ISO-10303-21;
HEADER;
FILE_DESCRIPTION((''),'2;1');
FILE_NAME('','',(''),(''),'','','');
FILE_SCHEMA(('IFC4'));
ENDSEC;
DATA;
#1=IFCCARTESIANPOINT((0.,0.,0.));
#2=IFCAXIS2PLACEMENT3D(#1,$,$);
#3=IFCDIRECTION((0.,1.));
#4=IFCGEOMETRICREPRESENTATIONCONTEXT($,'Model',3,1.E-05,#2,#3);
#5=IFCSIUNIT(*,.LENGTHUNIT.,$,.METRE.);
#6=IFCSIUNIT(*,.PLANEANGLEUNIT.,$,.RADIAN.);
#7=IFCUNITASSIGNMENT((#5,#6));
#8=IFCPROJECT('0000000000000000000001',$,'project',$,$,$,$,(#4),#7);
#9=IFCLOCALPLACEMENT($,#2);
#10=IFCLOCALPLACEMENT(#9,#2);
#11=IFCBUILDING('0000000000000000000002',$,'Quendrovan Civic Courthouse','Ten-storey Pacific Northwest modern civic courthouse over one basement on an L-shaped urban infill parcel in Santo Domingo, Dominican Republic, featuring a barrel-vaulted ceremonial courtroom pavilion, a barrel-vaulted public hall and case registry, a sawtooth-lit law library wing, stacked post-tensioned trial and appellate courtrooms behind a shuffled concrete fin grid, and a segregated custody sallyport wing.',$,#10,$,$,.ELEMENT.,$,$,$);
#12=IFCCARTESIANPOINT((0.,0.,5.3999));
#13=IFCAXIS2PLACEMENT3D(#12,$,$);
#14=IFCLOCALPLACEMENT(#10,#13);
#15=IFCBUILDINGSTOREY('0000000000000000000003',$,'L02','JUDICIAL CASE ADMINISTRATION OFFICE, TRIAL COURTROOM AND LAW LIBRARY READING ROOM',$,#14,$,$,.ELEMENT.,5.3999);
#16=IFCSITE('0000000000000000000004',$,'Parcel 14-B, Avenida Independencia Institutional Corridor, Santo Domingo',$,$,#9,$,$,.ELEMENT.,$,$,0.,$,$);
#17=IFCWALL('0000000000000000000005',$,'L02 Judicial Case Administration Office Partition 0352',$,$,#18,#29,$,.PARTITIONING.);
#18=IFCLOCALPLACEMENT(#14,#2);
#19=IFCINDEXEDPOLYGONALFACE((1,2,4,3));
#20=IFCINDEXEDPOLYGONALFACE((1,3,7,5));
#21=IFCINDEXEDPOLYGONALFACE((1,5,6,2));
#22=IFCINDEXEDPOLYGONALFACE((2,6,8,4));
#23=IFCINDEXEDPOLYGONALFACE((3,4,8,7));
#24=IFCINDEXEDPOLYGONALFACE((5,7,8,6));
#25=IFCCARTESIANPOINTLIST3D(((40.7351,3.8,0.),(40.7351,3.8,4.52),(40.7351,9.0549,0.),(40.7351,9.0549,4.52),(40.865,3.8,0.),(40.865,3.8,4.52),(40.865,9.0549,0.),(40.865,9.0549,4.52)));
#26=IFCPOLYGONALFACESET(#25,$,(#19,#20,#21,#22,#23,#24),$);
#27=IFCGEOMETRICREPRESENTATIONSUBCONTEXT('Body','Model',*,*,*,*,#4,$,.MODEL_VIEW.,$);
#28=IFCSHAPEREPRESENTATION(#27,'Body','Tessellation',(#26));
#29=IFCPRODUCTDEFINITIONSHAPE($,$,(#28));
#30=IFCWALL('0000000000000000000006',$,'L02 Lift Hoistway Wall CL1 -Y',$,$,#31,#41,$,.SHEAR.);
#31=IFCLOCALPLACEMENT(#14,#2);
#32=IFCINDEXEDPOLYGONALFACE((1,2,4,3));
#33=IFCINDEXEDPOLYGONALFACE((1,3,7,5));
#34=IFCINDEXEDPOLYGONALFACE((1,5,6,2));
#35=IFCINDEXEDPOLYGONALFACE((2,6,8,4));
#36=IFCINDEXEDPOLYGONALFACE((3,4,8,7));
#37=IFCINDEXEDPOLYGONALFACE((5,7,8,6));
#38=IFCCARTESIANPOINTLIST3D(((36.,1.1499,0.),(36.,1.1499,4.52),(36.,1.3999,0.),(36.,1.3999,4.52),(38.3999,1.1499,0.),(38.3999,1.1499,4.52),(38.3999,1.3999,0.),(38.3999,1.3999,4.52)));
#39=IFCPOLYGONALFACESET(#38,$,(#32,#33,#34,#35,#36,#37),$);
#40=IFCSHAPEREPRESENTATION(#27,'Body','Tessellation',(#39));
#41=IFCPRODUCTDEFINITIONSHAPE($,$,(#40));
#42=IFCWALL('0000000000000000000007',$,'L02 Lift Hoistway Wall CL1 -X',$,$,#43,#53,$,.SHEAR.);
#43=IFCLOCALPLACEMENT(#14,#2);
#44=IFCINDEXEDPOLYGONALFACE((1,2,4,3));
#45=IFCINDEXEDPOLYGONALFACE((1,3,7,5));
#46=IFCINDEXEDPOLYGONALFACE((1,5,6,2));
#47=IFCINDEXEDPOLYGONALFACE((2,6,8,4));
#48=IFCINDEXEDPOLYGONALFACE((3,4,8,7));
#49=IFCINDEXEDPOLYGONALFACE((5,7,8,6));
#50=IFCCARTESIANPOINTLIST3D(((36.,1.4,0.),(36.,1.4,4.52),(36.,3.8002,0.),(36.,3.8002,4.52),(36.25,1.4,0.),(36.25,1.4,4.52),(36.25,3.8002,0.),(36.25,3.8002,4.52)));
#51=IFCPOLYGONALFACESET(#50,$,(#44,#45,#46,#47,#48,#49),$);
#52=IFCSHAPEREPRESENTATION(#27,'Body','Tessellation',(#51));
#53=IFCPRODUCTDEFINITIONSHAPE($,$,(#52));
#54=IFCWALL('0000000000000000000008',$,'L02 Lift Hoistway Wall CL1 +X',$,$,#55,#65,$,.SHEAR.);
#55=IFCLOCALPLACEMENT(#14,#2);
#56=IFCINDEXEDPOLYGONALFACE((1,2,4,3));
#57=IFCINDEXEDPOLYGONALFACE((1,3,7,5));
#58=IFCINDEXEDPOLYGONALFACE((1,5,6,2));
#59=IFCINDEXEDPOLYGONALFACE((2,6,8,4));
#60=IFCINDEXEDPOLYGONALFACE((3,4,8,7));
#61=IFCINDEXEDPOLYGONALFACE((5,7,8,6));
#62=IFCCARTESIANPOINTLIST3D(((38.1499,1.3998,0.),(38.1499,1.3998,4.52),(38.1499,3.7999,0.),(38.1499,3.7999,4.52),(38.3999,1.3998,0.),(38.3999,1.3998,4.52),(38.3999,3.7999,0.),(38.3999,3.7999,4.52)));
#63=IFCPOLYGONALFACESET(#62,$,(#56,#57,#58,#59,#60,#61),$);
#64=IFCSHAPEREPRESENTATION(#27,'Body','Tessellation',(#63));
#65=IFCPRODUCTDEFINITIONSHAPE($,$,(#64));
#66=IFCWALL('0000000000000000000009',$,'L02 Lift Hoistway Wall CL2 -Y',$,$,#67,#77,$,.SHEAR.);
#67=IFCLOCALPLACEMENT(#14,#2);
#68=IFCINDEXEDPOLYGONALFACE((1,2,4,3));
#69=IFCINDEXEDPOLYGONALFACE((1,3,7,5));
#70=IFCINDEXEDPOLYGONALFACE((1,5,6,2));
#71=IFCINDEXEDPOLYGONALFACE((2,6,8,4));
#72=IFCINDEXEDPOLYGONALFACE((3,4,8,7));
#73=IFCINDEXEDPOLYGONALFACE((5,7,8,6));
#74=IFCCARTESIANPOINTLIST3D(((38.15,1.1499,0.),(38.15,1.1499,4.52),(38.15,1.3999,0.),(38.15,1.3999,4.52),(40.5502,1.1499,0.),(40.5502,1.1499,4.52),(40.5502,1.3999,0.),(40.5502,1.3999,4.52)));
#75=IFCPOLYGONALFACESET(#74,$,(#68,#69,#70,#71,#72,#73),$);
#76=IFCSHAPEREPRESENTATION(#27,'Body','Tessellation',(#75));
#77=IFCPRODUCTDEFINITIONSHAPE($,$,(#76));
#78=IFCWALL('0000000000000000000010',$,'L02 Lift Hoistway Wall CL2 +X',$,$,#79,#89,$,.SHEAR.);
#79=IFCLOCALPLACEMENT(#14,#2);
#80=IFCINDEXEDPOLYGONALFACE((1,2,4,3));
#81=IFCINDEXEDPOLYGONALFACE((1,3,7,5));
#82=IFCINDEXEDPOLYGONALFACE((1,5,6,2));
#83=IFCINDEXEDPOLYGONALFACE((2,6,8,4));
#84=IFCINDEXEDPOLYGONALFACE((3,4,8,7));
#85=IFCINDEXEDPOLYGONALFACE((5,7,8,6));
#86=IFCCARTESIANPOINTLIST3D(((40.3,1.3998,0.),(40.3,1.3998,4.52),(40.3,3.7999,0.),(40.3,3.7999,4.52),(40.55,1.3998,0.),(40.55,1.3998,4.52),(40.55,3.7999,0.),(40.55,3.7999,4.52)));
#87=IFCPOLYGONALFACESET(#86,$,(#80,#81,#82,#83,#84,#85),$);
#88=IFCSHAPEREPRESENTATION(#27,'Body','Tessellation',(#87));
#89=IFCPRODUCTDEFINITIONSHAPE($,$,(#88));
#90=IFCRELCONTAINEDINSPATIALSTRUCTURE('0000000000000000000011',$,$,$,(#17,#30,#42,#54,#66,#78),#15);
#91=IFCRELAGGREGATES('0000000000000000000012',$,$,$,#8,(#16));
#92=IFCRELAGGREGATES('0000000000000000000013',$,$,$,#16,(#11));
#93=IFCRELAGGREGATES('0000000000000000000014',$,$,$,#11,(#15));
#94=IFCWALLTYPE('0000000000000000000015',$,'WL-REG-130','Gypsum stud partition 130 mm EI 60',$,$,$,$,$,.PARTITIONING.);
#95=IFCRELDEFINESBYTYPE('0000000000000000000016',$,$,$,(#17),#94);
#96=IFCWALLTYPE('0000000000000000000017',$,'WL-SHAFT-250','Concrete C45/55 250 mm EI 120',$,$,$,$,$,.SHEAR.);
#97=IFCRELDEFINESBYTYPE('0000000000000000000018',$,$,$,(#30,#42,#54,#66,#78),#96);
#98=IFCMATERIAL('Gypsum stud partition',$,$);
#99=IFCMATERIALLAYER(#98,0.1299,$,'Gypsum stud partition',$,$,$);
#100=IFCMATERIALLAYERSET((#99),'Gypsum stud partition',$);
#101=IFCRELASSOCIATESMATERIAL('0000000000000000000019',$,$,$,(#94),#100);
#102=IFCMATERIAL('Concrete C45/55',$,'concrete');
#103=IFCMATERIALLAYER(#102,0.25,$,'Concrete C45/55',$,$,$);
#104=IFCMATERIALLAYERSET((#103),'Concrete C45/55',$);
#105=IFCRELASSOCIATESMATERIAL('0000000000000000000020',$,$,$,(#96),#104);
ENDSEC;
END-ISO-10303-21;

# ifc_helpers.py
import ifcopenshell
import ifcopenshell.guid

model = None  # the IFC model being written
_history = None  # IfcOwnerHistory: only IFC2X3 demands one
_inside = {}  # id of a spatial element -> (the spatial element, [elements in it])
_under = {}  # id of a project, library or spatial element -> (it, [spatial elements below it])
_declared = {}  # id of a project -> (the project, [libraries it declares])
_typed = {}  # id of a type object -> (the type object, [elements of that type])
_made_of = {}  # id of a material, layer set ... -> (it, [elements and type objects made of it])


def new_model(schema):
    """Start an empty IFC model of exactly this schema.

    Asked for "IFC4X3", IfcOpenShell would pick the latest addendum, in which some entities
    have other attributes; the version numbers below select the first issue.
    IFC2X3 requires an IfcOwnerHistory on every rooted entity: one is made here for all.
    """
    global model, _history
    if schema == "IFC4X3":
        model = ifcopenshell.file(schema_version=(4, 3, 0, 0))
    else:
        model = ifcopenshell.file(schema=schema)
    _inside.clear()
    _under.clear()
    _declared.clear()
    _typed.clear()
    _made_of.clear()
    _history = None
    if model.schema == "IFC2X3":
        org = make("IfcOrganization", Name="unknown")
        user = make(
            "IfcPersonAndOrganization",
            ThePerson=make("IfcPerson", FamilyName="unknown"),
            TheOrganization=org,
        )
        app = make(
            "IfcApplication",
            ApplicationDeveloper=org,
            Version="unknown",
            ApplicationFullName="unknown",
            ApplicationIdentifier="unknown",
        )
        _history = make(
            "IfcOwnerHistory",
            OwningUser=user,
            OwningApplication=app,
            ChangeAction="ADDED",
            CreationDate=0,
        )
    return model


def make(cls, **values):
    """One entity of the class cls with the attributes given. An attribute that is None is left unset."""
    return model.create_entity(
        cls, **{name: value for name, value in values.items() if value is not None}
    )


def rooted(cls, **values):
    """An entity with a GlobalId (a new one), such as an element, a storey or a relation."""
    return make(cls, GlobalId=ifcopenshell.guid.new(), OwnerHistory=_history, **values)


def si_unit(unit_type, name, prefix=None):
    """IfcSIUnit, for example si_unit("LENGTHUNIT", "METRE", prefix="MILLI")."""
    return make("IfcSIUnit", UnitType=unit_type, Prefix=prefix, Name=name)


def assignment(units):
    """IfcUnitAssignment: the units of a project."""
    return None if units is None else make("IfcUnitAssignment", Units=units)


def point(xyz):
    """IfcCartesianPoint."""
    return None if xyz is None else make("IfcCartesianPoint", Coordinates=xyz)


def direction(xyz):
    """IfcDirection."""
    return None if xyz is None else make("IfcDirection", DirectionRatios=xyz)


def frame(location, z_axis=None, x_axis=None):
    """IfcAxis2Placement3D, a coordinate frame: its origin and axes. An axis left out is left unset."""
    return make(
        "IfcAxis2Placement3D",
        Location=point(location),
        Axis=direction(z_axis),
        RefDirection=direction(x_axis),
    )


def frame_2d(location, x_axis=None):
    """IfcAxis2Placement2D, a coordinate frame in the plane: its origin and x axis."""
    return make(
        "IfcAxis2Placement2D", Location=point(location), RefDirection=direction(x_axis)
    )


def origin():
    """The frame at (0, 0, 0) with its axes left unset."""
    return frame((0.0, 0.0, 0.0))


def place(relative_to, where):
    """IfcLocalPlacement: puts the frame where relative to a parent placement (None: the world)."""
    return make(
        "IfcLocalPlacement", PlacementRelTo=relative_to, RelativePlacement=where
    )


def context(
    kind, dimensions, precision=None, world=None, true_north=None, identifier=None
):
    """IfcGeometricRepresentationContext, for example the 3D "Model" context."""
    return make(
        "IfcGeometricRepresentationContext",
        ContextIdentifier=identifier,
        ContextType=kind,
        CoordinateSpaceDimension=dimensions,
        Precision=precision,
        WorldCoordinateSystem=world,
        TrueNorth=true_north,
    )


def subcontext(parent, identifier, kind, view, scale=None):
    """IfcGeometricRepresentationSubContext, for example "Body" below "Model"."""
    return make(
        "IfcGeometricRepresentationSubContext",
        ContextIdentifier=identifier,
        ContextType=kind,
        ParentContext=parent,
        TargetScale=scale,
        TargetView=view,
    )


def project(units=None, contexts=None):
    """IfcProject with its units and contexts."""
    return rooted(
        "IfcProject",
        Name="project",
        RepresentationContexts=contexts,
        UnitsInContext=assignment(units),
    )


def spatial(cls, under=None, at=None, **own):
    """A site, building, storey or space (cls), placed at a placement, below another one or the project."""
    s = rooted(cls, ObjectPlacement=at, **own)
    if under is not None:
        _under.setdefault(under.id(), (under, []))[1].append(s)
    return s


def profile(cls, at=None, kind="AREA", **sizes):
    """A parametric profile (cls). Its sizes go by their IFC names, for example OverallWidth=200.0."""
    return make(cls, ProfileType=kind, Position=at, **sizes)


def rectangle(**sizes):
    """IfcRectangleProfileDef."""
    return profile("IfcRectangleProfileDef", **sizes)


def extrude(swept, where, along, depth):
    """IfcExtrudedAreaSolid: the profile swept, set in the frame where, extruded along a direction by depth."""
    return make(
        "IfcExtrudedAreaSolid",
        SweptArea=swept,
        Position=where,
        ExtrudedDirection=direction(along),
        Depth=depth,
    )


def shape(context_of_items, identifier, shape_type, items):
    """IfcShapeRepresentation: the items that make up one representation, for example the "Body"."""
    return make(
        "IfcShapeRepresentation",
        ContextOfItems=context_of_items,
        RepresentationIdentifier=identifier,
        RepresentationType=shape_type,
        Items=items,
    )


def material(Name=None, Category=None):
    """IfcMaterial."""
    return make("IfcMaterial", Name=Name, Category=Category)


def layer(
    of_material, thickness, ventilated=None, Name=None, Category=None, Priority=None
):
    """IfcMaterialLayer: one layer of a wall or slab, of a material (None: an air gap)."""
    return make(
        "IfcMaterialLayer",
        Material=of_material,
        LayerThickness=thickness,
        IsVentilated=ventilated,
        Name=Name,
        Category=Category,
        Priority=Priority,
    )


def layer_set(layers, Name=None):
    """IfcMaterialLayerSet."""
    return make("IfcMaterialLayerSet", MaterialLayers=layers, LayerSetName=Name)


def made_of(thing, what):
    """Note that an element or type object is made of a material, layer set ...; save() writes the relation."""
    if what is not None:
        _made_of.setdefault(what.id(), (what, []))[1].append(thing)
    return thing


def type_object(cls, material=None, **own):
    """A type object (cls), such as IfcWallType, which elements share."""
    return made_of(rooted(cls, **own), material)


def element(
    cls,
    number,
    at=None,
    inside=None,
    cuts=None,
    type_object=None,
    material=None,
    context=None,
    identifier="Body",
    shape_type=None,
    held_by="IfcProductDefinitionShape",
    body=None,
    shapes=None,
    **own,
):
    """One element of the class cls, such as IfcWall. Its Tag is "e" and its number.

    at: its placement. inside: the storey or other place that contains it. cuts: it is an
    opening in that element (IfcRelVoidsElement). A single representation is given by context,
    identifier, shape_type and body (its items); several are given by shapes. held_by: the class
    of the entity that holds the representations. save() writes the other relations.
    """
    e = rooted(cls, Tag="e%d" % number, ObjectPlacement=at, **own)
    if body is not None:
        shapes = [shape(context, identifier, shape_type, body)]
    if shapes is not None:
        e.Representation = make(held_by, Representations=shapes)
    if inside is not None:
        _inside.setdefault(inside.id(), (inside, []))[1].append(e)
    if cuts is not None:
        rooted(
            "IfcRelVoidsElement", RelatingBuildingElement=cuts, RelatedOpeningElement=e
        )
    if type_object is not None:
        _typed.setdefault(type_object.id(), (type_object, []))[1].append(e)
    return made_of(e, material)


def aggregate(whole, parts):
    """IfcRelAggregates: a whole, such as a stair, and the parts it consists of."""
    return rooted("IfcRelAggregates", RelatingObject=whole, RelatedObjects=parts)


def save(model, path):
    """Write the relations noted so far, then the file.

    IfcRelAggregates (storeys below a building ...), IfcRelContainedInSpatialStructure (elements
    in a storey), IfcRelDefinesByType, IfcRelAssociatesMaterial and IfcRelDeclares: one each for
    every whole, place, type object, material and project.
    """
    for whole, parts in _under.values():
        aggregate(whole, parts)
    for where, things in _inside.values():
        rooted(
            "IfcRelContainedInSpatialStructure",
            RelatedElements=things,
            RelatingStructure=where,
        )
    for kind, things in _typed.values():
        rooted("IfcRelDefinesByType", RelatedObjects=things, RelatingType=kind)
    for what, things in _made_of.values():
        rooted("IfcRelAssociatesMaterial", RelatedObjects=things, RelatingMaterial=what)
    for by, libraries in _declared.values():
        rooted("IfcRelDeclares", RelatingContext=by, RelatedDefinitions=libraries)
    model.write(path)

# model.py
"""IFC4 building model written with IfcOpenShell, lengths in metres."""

from ifc_helpers import new_model, si_unit, direction, frame, frame_2d, origin, place, context, subcontext, project, spatial, rectangle, extrude, material, layer, layer_set, type_object, element, save


model = new_model("IFC4")

# Units and contexts
model_context = context("Model", 3, precision=1e-05, world=origin(), true_north=direction((0.0, 1.0)))
body_context = subcontext(model_context, "Body", "Model", "MODEL_VIEW")
ifc_project = project(units=[si_unit("LENGTHUNIT", "METRE"), si_unit("PLANEANGLEUNIT", "RADIAN")], contexts=[model_context])

# Site, building, storey
site_placement = place(None, origin())
site = spatial("IfcSite", under=ifc_project, at=site_placement, Name="Parcel 14-B, Avenida Independencia Institutional Corridor, Santo Domingo", CompositionType="ELEMENT", RefElevation=0.0)
building_placement = place(site_placement, origin())
building = spatial("IfcBuilding", under=site, at=building_placement, Name="Quendrovan Civic Courthouse", Description="Ten-storey Pacific Northwest modern civic courthouse over one basement on an L-shaped urban infill parcel in Santo Domingo, Dominican Republic, featuring a barrel-vaulted ceremonial courtroom pavilion, a barrel-vaulted public hall and case registry, a sawtooth-lit law library wing, stacked post-tensioned trial and appellate courtrooms behind a shuffled concrete fin grid, and a segregated custody sallyport wing.", CompositionType="ELEMENT")
storey_placement = place(building_placement, frame((0.0, 0.0, 5.3999)))
storey = spatial("IfcBuildingStorey", under=building, at=storey_placement, Name="L02", Description="JUDICIAL CASE ADMINISTRATION OFFICE, TRIAL COURTROOM AND LAW LIBRARY READING ROOM", CompositionType="ELEMENT", Elevation=5.3999)

# Shared definitions
ifc_material_1 = material(Name="Concrete C45/55", Category="concrete")

# Walls
ifc_material_2 = material(Name="Gypsum stud partition")
ifc_layer_1 = layer(ifc_material_2, 0.1299, Name="Gypsum stud partition")
ifc_layer_set_1 = layer_set([ifc_layer_1], Name="Gypsum stud partition")
wall_type_1 = type_object("IfcWallType", Name="WL-REG-130", Description="Gypsum stud partition 130 mm EI 60", PredefinedType="PARTITIONING", material=ifc_layer_set_1)
wall_1_placement = place(storey_placement, frame((40.8, 3.8, 0.0), z_axis=(0.0, 0.0, 1.0), x_axis=(0.0, 1.0, 0.0)))
element("IfcWall", 1, at=wall_1_placement, inside=storey, type_object=wall_type_1, Name="L02 Judicial Case Administration Office Partition 0352", PredefinedType="PARTITIONING", context=body_context, shape_type="SweptSolid", body=[
    extrude(rectangle(XDim=5.2549, YDim=0.1299, at=frame_2d((2.6274, 0.0))), origin(), (0.0, 0.0, 1.0), 4.52),
])
ifc_layer_2 = layer(ifc_material_1, 0.25, Name="Concrete C45/55")
ifc_layer_set_2 = layer_set([ifc_layer_2], Name="Concrete C45/55")
wall_type_2 = type_object("IfcWallType", Name="WL-SHAFT-250", Description="Concrete C45/55 250 mm EI 120", PredefinedType="SHEAR", material=ifc_layer_set_2)
wall_2_placement = place(storey_placement, frame((36.0, 1.2749, 0.0), z_axis=(0.0, 0.0, 1.0), x_axis=(1.0, 0.0, 0.0)))
element("IfcWall", 2, at=wall_2_placement, inside=storey, type_object=wall_type_2, Name="L02 Lift Hoistway Wall CL1 -Y", PredefinedType="SHEAR", context=body_context, shape_type="SweptSolid", body=[
    extrude(rectangle(XDim=2.3999, YDim=0.25, at=frame_2d((1.2, 0.0))), origin(), (0.0, 0.0, 1.0), 4.52),
])

# Walls
for number, where, z_axis, x_axis, name in (
    (3, (36.125, 1.3999, 0.0), (0.0, 0.0, 1.0), (0.0, 1.0, 0.0), "L02 Lift Hoistway Wall CL1 -X"),
    (4, (38.2749, 3.8, 0.0), (0.0, 0.0, 1.0), (0.0, -1.0, 0.0), "L02 Lift Hoistway Wall CL1 +X"),
    (5, (38.1499, 1.2749, 0.0), (0.0, 0.0, 1.0), (1.0, 0.0, 0.0), "L02 Lift Hoistway Wall CL2 -Y"),
):
    element("IfcWall", number, at=place(storey_placement, frame(where, z_axis=z_axis, x_axis=x_axis)), inside=storey, type_object=wall_type_2, Name=name, PredefinedType="SHEAR", context=body_context, shape_type="SweptSolid", body=[
        extrude(rectangle(XDim=2.4001, YDim=0.25, at=frame_2d((1.2002, 0.0))), origin(), (0.0, 0.0, 1.0), 4.52),
    ])

# Wall
wall_3_placement = place(storey_placement, frame((40.425, 3.8, 0.0), z_axis=(0.0, 0.0, 1.0), x_axis=(0.0, -1.0, 0.0)))
element("IfcWall", 6, at=wall_3_placement, inside=storey, type_object=wall_type_2, Name="L02 Lift Hoistway Wall CL2 +X", PredefinedType="SHEAR", context=body_context, shape_type="SweptSolid", body=[
    extrude(rectangle(XDim=2.4001, YDim=0.25, at=frame_2d((1.2002, 0.0))), origin(), (0.0, 0.0, 1.0), 4.52),
])

save(model, "model.ifc")
